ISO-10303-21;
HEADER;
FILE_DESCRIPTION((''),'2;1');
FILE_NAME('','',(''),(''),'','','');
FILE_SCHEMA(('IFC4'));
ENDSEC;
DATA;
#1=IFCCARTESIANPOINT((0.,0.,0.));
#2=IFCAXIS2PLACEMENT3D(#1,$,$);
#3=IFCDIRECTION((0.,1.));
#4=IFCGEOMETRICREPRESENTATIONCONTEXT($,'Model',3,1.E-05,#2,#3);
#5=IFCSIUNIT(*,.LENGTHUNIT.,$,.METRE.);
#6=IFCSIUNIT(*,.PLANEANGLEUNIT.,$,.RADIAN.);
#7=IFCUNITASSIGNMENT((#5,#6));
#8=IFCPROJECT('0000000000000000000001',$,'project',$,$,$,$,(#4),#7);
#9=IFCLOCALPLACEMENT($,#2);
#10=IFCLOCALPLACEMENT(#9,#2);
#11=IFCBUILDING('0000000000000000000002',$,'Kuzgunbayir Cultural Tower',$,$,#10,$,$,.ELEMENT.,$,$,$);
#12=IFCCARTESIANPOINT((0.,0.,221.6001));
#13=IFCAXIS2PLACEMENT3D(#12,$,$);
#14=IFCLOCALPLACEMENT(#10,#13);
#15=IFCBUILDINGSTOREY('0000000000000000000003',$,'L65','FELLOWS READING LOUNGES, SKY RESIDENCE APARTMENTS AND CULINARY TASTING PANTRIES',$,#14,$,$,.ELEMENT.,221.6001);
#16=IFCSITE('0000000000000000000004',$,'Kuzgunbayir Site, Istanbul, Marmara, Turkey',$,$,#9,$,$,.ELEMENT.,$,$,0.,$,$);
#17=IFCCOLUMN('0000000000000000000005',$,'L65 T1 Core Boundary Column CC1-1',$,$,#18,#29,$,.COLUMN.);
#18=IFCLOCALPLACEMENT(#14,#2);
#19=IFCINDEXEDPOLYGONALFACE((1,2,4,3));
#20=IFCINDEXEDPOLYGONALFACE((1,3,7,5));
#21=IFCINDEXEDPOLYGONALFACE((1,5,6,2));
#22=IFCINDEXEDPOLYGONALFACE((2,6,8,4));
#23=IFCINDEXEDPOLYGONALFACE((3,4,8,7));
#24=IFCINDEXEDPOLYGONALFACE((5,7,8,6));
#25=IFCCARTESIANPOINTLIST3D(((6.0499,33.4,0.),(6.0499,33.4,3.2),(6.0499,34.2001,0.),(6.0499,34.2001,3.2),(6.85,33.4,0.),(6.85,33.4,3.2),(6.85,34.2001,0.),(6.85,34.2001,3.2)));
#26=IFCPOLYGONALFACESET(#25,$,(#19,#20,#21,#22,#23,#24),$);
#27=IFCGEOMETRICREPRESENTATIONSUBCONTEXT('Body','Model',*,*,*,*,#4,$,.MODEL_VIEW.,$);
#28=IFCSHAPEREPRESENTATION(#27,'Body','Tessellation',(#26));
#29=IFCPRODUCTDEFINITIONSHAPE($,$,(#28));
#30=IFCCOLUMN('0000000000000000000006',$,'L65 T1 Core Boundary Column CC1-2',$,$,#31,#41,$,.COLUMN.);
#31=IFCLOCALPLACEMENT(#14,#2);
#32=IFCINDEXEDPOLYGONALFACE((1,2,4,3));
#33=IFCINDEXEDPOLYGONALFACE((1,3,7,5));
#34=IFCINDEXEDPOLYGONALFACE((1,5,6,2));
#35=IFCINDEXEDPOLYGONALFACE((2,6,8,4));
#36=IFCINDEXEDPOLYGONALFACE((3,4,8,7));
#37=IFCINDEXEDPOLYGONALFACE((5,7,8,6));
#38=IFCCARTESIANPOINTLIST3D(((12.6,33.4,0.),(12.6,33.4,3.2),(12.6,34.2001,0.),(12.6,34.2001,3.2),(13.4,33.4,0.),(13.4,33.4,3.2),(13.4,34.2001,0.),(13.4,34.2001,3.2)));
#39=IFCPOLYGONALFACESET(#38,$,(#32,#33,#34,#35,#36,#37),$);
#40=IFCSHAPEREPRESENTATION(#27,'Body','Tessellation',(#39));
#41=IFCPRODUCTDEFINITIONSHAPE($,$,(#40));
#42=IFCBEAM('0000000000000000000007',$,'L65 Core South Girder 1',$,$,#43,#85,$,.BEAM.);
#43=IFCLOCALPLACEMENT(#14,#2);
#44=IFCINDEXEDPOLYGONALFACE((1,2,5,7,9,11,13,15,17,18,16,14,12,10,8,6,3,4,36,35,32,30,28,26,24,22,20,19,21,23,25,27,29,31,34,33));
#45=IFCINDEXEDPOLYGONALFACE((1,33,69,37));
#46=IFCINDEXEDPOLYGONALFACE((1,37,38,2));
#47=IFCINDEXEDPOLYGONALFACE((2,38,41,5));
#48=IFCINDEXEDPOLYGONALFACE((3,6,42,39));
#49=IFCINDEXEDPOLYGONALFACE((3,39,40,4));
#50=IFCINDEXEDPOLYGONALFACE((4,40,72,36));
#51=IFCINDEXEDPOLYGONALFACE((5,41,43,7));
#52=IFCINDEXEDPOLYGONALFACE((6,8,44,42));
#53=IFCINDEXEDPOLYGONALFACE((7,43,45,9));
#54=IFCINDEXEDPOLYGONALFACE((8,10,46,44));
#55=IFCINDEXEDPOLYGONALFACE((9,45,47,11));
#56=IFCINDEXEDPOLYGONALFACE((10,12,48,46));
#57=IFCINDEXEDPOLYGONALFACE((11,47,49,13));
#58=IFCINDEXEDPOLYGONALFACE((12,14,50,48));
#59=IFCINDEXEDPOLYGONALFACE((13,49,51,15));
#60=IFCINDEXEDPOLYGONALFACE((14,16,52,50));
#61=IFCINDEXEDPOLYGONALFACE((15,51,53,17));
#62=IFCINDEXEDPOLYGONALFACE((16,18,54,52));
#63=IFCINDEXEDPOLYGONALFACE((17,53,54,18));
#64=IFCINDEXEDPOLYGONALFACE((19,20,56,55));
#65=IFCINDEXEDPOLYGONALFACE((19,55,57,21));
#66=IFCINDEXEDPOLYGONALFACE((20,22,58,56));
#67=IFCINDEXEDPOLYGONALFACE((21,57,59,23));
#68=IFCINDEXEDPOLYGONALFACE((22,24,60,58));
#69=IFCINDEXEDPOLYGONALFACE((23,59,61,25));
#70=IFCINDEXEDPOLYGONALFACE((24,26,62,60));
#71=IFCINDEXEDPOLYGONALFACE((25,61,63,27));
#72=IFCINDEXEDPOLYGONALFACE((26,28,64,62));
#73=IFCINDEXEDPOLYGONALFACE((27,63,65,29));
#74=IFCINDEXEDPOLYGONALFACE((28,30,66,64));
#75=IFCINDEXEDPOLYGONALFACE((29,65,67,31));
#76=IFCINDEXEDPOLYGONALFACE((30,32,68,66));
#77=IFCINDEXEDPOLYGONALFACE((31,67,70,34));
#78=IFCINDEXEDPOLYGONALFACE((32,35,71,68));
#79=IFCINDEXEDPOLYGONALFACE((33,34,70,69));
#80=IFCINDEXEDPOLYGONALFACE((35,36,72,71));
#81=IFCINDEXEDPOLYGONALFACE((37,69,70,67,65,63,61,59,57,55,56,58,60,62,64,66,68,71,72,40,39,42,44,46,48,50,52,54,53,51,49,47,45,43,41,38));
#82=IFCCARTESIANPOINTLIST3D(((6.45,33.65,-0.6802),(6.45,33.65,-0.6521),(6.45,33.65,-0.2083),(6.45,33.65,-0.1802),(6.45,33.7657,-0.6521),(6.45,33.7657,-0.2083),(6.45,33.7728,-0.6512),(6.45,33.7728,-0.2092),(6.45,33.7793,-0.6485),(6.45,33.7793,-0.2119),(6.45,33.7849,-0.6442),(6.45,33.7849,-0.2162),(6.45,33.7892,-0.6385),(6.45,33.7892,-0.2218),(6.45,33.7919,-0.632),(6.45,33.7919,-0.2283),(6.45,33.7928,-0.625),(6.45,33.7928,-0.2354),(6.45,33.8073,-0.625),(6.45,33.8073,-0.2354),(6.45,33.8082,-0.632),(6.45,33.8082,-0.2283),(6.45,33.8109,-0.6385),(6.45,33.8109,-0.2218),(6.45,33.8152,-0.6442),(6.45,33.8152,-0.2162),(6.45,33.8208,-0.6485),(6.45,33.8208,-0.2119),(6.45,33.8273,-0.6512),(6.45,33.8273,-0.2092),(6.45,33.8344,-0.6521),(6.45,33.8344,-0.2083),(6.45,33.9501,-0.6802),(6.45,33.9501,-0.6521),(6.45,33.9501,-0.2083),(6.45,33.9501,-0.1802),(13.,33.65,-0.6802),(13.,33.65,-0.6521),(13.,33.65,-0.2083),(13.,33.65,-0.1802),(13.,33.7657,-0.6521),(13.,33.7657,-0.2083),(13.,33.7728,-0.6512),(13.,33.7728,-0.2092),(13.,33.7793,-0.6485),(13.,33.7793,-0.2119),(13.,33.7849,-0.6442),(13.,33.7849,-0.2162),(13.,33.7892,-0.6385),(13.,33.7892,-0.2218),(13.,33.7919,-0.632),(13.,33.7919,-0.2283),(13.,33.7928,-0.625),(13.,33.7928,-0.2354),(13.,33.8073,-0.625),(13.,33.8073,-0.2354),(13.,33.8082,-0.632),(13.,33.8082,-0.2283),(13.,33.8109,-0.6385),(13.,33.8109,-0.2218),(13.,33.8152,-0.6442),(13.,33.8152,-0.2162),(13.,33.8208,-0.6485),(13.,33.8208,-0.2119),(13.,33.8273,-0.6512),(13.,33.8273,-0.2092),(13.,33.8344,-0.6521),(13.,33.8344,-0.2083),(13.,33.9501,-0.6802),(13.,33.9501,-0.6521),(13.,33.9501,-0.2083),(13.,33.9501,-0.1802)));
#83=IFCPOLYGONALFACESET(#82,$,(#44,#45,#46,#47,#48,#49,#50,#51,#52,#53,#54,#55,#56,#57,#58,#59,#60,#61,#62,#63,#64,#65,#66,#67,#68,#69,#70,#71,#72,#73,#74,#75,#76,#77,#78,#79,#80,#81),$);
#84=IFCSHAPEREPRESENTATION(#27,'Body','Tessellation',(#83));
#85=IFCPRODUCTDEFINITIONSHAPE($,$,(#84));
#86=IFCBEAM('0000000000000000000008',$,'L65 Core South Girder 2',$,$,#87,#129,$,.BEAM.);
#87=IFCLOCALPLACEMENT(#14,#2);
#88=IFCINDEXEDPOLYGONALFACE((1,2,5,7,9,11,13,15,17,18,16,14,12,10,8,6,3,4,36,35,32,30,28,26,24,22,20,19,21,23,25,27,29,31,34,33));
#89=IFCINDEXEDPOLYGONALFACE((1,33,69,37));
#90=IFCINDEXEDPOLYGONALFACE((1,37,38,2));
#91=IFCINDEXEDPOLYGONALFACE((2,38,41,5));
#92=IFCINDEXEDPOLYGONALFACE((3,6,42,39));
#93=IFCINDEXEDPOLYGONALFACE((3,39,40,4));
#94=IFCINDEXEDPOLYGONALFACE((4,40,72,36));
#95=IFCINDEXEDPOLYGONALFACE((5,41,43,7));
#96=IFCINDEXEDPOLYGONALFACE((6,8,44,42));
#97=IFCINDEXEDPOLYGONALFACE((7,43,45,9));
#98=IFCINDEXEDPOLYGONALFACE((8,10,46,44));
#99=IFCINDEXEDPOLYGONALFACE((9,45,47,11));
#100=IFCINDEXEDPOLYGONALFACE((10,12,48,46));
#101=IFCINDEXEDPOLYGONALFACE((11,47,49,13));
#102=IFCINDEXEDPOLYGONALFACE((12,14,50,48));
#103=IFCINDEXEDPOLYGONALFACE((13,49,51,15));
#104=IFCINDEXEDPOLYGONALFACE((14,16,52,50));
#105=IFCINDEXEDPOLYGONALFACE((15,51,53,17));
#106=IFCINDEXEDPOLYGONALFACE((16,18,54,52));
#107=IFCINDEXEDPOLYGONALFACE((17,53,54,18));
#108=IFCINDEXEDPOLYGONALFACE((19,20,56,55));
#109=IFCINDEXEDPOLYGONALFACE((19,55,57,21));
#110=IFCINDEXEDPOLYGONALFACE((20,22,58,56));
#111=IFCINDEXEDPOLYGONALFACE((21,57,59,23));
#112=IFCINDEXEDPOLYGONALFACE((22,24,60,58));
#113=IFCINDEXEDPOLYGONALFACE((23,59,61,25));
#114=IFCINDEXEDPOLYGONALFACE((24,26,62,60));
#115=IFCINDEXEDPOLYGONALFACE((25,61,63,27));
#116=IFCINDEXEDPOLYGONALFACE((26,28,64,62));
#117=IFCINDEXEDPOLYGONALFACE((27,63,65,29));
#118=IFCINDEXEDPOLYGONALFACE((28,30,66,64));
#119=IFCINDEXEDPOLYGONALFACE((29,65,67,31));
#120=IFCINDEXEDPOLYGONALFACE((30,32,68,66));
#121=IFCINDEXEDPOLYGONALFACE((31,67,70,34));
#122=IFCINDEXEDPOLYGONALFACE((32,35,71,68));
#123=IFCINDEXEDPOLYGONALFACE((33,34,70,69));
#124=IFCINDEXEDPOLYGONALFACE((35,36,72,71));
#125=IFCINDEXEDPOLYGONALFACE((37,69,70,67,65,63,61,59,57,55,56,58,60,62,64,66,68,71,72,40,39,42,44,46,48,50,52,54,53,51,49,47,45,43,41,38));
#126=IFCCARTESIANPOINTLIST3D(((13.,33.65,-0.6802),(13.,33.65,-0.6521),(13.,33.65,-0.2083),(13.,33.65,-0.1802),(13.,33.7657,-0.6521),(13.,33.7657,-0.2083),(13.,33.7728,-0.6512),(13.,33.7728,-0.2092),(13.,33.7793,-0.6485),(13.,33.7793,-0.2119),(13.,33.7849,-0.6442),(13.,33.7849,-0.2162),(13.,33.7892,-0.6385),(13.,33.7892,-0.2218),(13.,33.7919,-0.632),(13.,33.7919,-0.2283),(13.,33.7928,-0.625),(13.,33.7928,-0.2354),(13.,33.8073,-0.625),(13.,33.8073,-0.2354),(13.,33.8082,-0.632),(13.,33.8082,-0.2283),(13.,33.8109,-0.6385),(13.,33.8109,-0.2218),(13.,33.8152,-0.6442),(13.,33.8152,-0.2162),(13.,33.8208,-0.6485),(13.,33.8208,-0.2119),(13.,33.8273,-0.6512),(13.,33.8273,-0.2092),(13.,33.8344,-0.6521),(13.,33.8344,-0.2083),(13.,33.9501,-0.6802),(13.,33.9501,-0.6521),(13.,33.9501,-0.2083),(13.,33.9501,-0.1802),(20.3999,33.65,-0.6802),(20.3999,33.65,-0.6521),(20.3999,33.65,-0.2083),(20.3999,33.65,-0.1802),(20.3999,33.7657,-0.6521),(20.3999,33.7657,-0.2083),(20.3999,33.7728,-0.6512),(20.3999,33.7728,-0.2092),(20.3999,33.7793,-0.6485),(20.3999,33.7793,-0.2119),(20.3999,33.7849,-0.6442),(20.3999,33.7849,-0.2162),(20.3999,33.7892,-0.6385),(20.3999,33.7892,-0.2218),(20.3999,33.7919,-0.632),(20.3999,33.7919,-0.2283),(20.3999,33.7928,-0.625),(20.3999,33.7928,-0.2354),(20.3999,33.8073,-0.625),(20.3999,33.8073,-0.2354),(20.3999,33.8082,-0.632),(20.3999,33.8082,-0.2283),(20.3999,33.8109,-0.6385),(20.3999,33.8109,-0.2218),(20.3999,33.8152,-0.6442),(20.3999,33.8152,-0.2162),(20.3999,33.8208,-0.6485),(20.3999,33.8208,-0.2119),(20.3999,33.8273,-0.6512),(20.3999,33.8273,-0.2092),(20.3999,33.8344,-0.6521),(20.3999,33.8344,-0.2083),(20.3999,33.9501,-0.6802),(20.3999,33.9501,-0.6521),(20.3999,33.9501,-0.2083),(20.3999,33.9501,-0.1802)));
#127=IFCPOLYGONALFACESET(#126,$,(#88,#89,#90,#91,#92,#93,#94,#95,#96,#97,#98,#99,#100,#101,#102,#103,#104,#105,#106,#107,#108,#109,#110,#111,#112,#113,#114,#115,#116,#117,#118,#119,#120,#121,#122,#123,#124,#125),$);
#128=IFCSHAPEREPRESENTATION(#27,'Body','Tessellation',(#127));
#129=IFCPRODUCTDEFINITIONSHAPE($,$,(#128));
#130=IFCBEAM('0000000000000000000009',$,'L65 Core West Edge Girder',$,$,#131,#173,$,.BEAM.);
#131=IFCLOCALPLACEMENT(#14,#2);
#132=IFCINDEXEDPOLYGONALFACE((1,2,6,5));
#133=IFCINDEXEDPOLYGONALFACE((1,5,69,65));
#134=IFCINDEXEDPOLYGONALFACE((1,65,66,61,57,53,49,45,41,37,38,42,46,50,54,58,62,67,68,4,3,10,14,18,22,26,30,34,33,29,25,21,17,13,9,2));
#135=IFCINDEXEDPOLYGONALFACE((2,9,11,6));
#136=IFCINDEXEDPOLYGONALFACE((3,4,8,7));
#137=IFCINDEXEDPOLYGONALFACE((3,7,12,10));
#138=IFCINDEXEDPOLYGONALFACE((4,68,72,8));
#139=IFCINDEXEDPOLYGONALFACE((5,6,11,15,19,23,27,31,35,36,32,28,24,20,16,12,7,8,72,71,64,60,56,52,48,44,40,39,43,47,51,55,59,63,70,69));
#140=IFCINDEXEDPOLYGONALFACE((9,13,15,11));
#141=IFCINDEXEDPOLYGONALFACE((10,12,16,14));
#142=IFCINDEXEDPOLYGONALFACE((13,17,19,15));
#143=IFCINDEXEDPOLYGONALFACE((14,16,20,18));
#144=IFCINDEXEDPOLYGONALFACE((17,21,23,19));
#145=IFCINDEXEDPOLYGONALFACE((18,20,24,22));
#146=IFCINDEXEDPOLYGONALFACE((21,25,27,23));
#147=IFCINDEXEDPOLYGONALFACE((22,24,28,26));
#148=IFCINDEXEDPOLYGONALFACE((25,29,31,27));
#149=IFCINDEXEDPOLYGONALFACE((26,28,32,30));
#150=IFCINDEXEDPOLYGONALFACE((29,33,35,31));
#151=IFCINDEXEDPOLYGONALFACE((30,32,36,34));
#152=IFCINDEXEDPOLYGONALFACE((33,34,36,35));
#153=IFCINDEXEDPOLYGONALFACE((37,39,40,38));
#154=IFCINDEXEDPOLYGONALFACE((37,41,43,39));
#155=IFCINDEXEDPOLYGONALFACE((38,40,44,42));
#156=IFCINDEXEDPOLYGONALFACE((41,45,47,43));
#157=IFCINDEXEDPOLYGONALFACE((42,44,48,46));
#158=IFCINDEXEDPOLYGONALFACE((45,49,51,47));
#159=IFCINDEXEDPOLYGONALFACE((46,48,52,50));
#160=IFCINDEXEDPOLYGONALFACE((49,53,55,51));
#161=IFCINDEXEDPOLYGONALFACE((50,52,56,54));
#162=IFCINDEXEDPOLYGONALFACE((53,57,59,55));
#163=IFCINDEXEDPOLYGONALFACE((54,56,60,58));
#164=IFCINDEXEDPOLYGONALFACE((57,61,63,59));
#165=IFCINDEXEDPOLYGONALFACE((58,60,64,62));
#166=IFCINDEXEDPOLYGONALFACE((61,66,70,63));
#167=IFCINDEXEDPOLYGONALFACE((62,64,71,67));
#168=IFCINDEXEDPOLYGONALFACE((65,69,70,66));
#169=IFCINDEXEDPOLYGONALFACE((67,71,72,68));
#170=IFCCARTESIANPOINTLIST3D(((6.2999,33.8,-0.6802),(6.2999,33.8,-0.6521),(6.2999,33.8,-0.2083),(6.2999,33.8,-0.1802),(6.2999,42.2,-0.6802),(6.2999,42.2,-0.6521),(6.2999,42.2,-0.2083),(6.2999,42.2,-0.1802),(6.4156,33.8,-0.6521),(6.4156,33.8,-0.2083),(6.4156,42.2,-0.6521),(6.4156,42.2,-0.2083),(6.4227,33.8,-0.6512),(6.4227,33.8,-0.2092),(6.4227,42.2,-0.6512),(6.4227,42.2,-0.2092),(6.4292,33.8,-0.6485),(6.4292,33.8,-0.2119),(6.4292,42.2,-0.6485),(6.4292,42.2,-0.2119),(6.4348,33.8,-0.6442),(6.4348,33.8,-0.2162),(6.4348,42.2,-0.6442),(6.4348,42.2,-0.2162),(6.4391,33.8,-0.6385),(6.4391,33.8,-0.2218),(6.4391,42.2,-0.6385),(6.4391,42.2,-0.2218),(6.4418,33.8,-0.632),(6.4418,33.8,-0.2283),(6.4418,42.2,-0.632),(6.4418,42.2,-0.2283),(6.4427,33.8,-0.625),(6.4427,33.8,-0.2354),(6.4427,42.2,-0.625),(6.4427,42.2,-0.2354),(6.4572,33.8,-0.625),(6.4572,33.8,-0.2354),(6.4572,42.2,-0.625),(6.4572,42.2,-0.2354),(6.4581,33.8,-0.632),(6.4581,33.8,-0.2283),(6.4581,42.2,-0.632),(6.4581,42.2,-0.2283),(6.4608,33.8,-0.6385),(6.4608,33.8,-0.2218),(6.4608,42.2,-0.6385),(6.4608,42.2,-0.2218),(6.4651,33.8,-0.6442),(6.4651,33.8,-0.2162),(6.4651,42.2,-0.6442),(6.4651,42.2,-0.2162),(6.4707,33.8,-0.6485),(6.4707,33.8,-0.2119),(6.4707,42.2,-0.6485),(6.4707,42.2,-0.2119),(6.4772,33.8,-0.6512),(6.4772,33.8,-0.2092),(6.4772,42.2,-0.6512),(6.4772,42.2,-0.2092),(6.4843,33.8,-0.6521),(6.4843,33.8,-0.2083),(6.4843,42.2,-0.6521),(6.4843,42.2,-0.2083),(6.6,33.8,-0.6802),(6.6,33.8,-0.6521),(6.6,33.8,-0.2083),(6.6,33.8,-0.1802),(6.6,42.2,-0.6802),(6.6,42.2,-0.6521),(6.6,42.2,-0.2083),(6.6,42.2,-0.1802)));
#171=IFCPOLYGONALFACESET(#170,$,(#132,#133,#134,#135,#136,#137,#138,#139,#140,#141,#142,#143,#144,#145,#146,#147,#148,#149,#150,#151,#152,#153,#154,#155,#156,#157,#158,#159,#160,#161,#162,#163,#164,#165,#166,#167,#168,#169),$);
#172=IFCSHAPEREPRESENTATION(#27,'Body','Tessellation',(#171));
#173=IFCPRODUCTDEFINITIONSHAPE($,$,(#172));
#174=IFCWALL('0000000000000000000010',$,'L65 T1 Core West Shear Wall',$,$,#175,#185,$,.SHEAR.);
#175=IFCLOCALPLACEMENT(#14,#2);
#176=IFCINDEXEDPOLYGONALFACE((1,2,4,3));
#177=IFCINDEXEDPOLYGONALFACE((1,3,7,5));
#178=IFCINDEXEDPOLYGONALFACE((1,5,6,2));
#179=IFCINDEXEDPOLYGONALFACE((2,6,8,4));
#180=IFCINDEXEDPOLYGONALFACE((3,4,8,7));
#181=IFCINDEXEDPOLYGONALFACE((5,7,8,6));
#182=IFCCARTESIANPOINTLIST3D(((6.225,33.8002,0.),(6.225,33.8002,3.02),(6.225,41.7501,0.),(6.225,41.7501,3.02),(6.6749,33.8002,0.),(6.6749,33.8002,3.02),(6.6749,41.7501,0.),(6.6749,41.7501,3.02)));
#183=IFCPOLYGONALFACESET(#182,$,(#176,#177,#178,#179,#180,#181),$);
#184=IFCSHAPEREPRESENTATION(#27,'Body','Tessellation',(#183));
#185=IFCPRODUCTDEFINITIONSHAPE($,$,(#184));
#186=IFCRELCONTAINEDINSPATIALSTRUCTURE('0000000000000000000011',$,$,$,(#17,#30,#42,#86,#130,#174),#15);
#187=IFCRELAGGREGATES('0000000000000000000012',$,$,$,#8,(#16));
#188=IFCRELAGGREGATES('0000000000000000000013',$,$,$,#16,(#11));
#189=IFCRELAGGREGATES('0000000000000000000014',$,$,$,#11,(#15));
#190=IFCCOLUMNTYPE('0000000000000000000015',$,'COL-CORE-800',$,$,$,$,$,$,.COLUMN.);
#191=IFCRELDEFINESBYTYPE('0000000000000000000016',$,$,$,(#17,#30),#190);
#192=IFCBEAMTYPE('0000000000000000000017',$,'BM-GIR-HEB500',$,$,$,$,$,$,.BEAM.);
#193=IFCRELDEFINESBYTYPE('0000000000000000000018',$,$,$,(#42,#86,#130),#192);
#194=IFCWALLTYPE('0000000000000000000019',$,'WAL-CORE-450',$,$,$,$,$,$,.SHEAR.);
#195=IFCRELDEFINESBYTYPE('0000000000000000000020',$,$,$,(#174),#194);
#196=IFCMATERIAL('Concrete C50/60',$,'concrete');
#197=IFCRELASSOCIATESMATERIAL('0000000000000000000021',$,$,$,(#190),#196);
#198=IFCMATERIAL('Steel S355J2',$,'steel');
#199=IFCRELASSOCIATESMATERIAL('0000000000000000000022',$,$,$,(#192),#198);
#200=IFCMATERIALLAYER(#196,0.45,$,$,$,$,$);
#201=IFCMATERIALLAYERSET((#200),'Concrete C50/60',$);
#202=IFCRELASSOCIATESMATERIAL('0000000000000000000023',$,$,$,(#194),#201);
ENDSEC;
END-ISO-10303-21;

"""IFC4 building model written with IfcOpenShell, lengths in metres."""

from ifc_helpers import new_model, si_unit, direction, frame, frame_2d, origin, origin_2d, place, context, subcontext, project, spatial, rectangle, i_section, extrude, material, layer, layer_set, material_profile, profile_set, type_object, element, save


model = new_model("IFC4")

# Units and contexts
model_context = context("Model", 3, precision=1e-05, world=origin(), true_north=direction((0.0, 1.0)))
body_context = subcontext(model_context, "Body", "Model", "MODEL_VIEW")
ifc_project = project(units=[si_unit("LENGTHUNIT", "METRE"), si_unit("PLANEANGLEUNIT", "RADIAN")], contexts=[model_context])

# Site, building, storey
site_placement = place(None, origin())
site = spatial("IfcSite", under=ifc_project, at=site_placement, Name="Kuzgunbayir Site, Istanbul, Marmara, Turkey", CompositionType="ELEMENT", RefElevation=0.0)
building_placement = place(site_placement, origin())
building = spatial("IfcBuilding", under=site, at=building_placement, Name="Kuzgunbayir Cultural Tower", CompositionType="ELEMENT")
storey_placement = place(building_placement, frame((0.0, 0.0, 221.6001)))
storey = spatial("IfcBuildingStorey", under=building, at=storey_placement, Name="L65", Description="FELLOWS READING LOUNGES, SKY RESIDENCE APARTMENTS AND CULINARY TASTING PANTRIES", CompositionType="ELEMENT", Elevation=221.6001)

# Columns
ifc_material_1 = material(Name="Concrete C50/60", Category="concrete")
ifc_material_profile_1 = material_profile(ifc_material_1, rectangle(XDim=0.8, YDim=0.8, at=origin_2d()), Name="RC 800x800")
ifc_profile_set_1 = profile_set([ifc_material_profile_1], Name="Concrete C50/60")
column_type = type_object("IfcColumnType", Name="COL-CORE-800", PredefinedType="COLUMN", material=ifc_profile_set_1)
for number, where, z_axis, x_axis, name in (
    (1, (6.45, 33.8, 0.0), (0.0, 0.0, 1.0), (1.0, 0.0, 0.0), "L65 T1 Core Boundary Column CC1-1"),
    (2, (13.0, 33.8, 0.0), (0.0, 0.0, 1.0), (1.0, 0.0, 0.0), "L65 T1 Core Boundary Column CC1-2"),
):
    element("IfcColumn", number, at=place(storey_placement, frame(where, z_axis=z_axis, x_axis=x_axis)), inside=storey, type_object=column_type, Name=name, PredefinedType="COLUMN", context=body_context, shape_type="SweptSolid", body=[
        extrude(rectangle(XDim=0.8, YDim=0.8, at=origin_2d()), origin(), (0.0, 0.0, 1.0), 3.2),
    ])

# Beams
ifc_material_2 = material(Name="Steel S355J2", Category="steel")
ifc_material_profile_2 = material_profile(ifc_material_2, i_section(OverallWidth=0.3, OverallDepth=0.5, WebThickness=0.0144, FlangeThickness=0.0281, FilletRadius=0.0271, at=origin_2d()), Name="HEB 500")
ifc_profile_set_2 = profile_set([ifc_material_profile_2], Name="Steel S355J2")
beam_type = type_object("IfcBeamType", Name="BM-GIR-HEB500", PredefinedType="BEAM", material=ifc_profile_set_2)
beam_1_placement = place(storey_placement, frame((6.45, 33.8, -0.4302), z_axis=(1.0, 0.0, 0.0), x_axis=(0.0, 1.0, 0.0)))
element("IfcBeam", 3, at=beam_1_placement, inside=storey, type_object=beam_type, Name="L65 Core South Girder 1", PredefinedType="BEAM", context=body_context, shape_type="SweptSolid", body=[
    extrude(i_section(OverallWidth=0.3, OverallDepth=0.5, WebThickness=0.0144, FlangeThickness=0.0281, FilletRadius=0.0271, at=origin_2d()), origin(), (0.0, 0.0, 1.0), 6.55),
])
beam_2_placement = place(storey_placement, frame((13.0, 33.8, -0.4302), z_axis=(1.0, 0.0, 0.0), x_axis=(0.0, 1.0, 0.0)))
element("IfcBeam", 4, at=beam_2_placement, inside=storey, type_object=beam_type, Name="L65 Core South Girder 2", PredefinedType="BEAM", context=body_context, shape_type="SweptSolid", body=[
    extrude(i_section(OverallWidth=0.3, OverallDepth=0.5, WebThickness=0.0144, FlangeThickness=0.0281, FilletRadius=0.0271, at=origin_2d()), origin(), (0.0, 0.0, 1.0), 7.3999),
])
beam_3_placement = place(storey_placement, frame((6.45, 33.8, -0.4302), z_axis=(0.0, 1.0, 0.0), x_axis=(-1.0, 0.0, 0.0)))
element("IfcBeam", 5, at=beam_3_placement, inside=storey, type_object=beam_type, Name="L65 Core West Edge Girder", PredefinedType="BEAM", context=body_context, shape_type="SweptSolid", body=[
    extrude(i_section(OverallWidth=0.3, OverallDepth=0.5, WebThickness=0.0144, FlangeThickness=0.0281, FilletRadius=0.0271, at=origin_2d()), origin(), (0.0, 0.0, 1.0), 8.3999),
])

# Wall
ifc_layer_1 = layer(ifc_material_1, 0.45)
ifc_layer_set_1 = layer_set([ifc_layer_1], Name="Concrete C50/60")
wall_type_1 = type_object("IfcWallType", Name="WAL-CORE-450", PredefinedType="SHEAR", material=ifc_layer_set_1)
wall_1_placement = place(storey_placement, frame((6.45, 33.8, 0.0), z_axis=(0.0, 0.0, 1.0), x_axis=(0.0, 1.0, 0.0)))
element("IfcWall", 6, at=wall_1_placement, inside=storey, type_object=wall_type_1, Name="L65 T1 Core West Shear Wall", PredefinedType="SHEAR", context=body_context, shape_type="SweptSolid", body=[
    extrude(rectangle(XDim=7.95, YDim=0.45, at=frame_2d((3.9751, 0.0))), origin(), (0.0, 0.0, 1.0), 3.02),
])

save(model, "model.ifc")
